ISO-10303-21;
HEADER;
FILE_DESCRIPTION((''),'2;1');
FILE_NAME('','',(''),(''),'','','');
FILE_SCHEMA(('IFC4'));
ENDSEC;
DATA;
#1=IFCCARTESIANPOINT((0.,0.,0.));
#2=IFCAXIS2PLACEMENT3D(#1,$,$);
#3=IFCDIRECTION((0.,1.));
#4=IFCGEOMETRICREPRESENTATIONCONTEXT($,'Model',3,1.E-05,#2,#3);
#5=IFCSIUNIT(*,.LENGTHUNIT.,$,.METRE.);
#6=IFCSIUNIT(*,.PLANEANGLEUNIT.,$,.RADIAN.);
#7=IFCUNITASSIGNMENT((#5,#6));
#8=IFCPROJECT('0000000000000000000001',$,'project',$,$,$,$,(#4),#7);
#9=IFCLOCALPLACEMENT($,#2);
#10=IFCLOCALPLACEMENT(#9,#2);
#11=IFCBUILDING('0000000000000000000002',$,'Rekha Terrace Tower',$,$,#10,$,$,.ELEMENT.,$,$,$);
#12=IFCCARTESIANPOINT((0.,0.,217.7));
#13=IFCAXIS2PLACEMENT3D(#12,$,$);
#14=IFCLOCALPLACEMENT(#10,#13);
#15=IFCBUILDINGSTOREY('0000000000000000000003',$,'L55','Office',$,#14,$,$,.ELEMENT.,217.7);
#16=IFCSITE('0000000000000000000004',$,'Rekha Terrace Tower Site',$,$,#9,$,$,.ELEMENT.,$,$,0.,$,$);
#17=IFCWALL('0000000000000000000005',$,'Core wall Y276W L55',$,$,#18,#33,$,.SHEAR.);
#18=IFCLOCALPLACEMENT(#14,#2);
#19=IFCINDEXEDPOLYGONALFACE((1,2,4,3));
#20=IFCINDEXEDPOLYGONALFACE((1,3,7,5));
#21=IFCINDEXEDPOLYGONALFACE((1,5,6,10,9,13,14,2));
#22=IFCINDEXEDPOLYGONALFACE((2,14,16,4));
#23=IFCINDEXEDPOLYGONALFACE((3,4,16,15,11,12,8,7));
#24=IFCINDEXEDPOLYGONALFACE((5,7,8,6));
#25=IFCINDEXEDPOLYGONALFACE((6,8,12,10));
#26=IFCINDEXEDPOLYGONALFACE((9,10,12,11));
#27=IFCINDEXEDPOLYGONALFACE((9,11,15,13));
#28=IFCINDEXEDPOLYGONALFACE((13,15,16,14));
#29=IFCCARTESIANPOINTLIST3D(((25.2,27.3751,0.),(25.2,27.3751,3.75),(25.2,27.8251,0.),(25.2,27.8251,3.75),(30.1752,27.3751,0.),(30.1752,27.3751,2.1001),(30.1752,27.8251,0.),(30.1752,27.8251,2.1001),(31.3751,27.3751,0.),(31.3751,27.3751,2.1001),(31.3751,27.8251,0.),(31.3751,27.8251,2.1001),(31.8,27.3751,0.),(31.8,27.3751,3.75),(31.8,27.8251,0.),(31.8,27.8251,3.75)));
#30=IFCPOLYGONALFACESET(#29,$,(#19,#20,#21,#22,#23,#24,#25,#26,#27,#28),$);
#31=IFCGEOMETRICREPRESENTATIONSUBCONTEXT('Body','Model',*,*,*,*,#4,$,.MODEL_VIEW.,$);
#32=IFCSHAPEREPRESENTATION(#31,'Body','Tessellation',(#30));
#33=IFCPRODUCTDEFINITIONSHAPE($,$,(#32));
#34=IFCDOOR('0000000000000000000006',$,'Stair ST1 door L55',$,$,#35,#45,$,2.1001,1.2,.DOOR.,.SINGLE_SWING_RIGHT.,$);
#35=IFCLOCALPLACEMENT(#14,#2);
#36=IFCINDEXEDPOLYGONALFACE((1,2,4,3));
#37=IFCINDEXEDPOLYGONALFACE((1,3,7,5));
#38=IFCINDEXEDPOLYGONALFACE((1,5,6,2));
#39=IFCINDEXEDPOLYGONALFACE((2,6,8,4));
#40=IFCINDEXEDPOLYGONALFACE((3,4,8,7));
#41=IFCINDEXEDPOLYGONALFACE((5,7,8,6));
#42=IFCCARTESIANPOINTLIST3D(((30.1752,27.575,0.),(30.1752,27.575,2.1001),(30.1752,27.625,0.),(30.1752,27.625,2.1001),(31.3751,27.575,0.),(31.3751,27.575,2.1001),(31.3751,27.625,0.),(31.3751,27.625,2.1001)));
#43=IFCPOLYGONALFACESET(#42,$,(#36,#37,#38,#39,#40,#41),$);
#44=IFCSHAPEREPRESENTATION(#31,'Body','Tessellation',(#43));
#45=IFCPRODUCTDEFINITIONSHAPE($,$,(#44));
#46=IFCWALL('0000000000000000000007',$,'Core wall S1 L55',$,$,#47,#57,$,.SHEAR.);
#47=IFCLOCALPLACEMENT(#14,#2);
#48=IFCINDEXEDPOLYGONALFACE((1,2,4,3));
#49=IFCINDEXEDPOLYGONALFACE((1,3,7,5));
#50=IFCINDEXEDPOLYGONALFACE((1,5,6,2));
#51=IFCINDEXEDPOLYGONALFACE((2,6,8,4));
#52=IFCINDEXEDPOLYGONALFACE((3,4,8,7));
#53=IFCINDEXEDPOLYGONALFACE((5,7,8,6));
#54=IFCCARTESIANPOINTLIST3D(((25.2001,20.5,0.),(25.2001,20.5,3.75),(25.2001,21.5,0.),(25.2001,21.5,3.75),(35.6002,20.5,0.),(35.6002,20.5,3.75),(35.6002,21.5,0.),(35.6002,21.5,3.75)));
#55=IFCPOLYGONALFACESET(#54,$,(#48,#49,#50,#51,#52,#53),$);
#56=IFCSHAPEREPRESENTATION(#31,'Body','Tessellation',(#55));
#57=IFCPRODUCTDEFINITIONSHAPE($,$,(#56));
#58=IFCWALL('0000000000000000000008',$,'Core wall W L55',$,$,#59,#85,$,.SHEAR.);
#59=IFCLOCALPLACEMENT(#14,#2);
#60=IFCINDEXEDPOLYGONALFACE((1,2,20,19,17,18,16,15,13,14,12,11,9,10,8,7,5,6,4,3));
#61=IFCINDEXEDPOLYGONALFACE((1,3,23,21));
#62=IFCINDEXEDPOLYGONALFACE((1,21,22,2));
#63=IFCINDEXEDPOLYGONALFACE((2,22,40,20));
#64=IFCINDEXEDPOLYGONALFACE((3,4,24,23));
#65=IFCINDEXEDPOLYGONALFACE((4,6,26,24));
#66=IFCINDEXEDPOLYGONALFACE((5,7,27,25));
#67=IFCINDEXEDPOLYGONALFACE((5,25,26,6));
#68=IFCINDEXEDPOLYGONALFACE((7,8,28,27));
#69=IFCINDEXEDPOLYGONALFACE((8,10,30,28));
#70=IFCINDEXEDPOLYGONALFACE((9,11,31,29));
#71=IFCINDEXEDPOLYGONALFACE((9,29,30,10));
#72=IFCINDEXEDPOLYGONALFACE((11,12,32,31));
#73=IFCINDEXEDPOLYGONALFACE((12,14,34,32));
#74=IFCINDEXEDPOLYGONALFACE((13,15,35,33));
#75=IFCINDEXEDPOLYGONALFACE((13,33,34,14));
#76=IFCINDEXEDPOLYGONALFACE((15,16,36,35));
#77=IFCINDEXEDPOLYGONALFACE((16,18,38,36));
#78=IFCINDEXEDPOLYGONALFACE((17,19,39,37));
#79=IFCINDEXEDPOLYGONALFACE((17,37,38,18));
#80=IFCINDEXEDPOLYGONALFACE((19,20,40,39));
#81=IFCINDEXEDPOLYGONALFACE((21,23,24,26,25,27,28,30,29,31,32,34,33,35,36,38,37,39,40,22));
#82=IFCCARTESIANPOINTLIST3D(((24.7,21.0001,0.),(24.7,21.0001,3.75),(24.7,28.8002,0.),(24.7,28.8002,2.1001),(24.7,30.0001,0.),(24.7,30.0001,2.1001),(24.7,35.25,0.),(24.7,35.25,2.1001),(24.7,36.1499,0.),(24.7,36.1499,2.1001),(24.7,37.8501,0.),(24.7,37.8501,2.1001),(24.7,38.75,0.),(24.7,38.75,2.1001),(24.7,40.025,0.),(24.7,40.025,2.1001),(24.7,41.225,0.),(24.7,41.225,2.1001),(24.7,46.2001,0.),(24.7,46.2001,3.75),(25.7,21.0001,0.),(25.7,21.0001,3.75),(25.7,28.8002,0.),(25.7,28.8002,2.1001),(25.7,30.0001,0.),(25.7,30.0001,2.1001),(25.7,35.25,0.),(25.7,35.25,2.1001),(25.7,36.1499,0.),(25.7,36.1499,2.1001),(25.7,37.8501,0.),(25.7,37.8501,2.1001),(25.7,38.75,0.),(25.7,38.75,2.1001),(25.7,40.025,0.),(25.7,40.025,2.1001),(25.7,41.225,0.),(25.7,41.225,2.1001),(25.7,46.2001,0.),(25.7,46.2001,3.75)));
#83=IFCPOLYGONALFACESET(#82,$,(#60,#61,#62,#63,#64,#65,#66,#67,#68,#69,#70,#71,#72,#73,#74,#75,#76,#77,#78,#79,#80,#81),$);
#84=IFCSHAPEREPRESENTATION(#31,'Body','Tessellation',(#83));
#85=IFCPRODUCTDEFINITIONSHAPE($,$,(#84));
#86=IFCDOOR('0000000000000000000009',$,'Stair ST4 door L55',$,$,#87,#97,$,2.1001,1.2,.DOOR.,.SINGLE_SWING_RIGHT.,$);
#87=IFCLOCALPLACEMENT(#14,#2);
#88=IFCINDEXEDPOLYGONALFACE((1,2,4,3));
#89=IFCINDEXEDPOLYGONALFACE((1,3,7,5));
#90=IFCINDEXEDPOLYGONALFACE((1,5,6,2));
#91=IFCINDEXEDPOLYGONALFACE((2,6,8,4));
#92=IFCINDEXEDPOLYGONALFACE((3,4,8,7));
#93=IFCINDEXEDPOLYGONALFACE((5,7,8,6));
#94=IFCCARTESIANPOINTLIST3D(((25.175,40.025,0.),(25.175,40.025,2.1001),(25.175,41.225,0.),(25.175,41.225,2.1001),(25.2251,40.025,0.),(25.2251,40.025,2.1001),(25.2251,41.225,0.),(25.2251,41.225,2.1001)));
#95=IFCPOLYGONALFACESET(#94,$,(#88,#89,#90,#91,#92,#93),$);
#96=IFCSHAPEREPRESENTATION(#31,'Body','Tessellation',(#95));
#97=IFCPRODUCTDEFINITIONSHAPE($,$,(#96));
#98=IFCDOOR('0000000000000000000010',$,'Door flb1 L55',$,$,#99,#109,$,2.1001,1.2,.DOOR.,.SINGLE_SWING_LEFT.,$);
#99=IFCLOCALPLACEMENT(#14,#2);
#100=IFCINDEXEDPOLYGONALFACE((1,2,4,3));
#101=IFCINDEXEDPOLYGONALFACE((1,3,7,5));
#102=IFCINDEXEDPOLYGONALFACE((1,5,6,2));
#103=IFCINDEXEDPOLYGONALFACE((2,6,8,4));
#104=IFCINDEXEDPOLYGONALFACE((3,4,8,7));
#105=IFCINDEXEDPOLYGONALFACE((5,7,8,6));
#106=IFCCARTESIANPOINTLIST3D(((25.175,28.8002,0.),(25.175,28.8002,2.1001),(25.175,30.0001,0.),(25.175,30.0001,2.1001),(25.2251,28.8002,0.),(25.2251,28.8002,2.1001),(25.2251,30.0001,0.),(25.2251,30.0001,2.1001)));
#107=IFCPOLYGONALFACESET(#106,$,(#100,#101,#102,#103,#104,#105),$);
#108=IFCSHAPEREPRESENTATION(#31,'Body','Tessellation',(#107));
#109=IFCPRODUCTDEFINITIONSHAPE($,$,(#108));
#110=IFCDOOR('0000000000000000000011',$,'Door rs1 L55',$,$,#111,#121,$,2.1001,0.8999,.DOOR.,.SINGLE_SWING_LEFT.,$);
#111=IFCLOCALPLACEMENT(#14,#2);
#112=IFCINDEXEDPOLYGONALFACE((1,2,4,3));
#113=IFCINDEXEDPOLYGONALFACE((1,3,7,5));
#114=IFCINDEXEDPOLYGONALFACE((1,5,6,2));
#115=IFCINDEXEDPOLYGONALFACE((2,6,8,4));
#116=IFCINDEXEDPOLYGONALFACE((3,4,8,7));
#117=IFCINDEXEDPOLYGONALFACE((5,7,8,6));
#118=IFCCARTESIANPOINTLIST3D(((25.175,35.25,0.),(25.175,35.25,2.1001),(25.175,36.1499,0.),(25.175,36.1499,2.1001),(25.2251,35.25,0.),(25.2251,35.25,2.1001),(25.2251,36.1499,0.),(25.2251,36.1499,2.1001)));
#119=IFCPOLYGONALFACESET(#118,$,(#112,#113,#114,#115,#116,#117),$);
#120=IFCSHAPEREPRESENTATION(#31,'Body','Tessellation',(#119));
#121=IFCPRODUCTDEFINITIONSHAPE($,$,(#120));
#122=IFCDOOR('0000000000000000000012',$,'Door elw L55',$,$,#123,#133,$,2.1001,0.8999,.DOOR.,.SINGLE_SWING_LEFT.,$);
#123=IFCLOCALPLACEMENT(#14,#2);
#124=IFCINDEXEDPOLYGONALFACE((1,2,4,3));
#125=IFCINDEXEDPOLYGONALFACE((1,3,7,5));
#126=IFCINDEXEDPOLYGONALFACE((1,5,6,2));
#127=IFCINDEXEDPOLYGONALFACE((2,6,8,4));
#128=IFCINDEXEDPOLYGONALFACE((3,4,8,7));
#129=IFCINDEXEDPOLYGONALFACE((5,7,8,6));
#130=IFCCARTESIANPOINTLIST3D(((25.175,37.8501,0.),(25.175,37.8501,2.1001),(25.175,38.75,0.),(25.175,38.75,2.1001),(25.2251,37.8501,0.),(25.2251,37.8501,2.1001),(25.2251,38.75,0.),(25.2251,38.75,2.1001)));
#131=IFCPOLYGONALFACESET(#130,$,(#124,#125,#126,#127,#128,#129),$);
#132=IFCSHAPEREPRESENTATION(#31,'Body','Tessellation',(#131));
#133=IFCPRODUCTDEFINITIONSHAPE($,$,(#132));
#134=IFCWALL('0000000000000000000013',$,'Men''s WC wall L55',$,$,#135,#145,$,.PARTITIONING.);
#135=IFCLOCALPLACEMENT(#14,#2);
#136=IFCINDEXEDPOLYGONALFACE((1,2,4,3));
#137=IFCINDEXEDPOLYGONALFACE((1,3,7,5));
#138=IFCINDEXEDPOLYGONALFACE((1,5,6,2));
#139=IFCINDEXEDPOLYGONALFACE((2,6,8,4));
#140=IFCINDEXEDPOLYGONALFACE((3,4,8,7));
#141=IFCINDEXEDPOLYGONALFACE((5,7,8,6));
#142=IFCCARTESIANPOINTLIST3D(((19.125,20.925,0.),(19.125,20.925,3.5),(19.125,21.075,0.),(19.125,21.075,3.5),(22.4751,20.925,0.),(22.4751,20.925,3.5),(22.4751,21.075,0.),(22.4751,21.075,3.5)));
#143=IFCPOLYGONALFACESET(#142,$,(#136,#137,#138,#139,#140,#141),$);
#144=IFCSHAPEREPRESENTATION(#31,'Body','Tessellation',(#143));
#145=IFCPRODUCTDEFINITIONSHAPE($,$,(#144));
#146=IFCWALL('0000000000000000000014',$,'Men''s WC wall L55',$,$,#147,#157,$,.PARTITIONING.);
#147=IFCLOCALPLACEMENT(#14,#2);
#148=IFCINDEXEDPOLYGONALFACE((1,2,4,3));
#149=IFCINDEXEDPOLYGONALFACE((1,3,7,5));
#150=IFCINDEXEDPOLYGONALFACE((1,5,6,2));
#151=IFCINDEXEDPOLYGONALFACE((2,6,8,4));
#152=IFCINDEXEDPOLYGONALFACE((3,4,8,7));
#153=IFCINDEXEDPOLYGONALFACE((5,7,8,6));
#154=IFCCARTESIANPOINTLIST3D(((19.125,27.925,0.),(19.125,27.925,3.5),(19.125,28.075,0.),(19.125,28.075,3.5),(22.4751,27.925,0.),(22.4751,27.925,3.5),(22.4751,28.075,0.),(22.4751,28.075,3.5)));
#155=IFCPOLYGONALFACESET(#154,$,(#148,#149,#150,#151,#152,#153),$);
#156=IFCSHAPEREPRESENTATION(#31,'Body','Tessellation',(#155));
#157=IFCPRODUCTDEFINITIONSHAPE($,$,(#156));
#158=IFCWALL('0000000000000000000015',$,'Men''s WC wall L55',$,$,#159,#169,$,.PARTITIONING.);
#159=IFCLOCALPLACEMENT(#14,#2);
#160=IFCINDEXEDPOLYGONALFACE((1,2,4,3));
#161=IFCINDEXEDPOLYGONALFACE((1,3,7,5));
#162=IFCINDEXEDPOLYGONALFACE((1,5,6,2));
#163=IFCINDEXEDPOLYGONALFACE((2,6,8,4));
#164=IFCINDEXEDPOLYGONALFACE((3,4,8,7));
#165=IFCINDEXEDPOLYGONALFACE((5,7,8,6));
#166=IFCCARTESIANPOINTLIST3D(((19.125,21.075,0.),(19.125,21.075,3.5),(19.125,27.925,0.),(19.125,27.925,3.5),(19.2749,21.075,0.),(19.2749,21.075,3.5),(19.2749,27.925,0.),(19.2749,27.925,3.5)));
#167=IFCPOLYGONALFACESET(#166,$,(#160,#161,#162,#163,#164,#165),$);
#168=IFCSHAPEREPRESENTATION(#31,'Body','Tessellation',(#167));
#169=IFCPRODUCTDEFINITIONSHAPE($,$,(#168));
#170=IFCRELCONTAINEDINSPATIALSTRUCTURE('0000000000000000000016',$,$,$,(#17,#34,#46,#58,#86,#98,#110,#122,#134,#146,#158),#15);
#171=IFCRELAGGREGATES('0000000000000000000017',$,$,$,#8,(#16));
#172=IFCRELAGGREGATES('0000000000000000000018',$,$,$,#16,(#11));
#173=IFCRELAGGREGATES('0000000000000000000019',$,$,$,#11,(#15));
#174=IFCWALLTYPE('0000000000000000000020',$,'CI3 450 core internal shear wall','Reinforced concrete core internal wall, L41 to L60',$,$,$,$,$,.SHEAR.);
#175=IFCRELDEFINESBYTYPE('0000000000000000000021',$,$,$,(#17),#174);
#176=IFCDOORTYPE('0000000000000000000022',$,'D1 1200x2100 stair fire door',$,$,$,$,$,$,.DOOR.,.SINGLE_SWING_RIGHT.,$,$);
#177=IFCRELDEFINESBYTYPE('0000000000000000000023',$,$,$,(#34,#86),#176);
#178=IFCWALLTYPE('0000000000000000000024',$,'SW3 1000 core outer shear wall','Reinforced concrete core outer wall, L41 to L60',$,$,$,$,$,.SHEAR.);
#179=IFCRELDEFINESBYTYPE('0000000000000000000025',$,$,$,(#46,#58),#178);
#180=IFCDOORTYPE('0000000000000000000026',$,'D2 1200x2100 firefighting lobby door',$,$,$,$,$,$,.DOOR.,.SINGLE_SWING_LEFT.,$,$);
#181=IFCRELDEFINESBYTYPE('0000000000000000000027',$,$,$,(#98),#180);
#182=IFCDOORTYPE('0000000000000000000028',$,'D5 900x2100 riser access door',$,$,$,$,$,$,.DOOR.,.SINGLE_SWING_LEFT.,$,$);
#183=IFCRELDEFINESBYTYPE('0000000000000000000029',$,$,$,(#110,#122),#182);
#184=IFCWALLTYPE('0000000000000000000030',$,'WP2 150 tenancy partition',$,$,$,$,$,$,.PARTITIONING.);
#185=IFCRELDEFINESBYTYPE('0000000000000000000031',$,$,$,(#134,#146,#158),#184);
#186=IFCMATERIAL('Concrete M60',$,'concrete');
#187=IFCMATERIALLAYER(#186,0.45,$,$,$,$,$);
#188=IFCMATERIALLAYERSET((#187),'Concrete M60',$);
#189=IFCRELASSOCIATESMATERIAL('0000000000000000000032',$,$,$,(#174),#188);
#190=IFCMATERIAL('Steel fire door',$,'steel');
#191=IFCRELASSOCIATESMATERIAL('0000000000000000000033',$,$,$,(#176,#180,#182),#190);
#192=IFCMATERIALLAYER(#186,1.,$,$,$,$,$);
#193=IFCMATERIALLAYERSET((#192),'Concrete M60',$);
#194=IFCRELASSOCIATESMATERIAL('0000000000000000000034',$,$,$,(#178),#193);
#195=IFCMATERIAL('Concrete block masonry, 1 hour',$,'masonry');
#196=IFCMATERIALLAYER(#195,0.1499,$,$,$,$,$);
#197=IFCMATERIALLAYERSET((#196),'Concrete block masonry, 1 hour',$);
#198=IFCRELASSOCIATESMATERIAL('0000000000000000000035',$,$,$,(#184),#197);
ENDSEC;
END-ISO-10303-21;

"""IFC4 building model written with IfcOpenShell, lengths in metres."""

from ifc_helpers import new_model, si_unit, direction, frame, frame_2d, origin, place, context, subcontext, project, spatial, rectangle, extrude, material, layer, layer_set, type_object, element, fill, save


model = new_model("IFC4")

# Units and contexts
model_context = context("Model", 3, precision=1e-05, world=origin(), true_north=direction((0.0, 1.0)))
body_context = subcontext(model_context, "Body", "Model", "MODEL_VIEW")
ifc_project = project(units=[si_unit("LENGTHUNIT", "METRE"), si_unit("PLANEANGLEUNIT", "RADIAN")], contexts=[model_context])

# Site, building, storey
site_placement = place(None, origin())
site = spatial("IfcSite", under=ifc_project, at=site_placement, Name="Rekha Terrace Tower Site", CompositionType="ELEMENT", RefElevation=0.0)
building_placement = place(site_placement, origin())
building = spatial("IfcBuilding", under=site, at=building_placement, Name="Rekha Terrace Tower", CompositionType="ELEMENT")
storey_placement = place(building_placement, frame((0.0, 0.0, 217.7)))
storey = spatial("IfcBuildingStorey", under=building, at=storey_placement, Name="L55", Description="Office", CompositionType="ELEMENT", Elevation=217.7)

# Wall, opening, door
ifc_material_1 = material(Name="Concrete M60", Category="concrete")
ifc_layer_1 = layer(ifc_material_1, 0.45)
ifc_layer_set_1 = layer_set([ifc_layer_1], Name="Concrete M60")
wall_type_1 = type_object("IfcWallType", Name="CI3 450 core internal shear wall", Description="Reinforced concrete core internal wall, L41 to L60", PredefinedType="SHEAR", material=ifc_layer_set_1)
wall_1_placement = place(storey_placement, frame((25.2, 27.6001, 0.0), z_axis=(0.0, 0.0, 1.0), x_axis=(1.0, 0.0, 0.0)))
wall_1 = element("IfcWall", 1, at=wall_1_placement, inside=storey, type_object=wall_type_1, Name="Core wall Y276W L55", PredefinedType="SHEAR", context=body_context, shape_type="SweptSolid", body=[
    extrude(rectangle(XDim=6.6001, YDim=0.45, at=frame_2d((3.3, 0.0))), origin(), (0.0, 0.0, 1.0), 3.75),
])
opening_1_placement = place(wall_1_placement, frame((4.9751, 0.0, 0.0)))
opening_1 = element("IfcOpeningElement", 2, at=opening_1_placement, cuts=wall_1, PredefinedType="OPENING", context=body_context, shape_type="SweptSolid", body=[
    extrude(rectangle(XDim=1.2, YDim=2.1001, at=frame_2d((0.6001, 1.05))), frame((0.0, 0.2349, 0.0), z_axis=(0.0, -1.0, 0.0), x_axis=(1.0, 0.0, 0.0)), (0.0, 0.0, 1.0), 0.47),
])
ifc_material_2 = material(Name="Steel fire door", Category="steel")
door_type_1 = type_object("IfcDoorType", Name="D1 1200x2100 stair fire door", OperationType="SINGLE_SWING_RIGHT", PredefinedType="DOOR", material=ifc_material_2)
door_1_placement = place(opening_1_placement, origin())
door_1 = element("IfcDoor", 3, at=door_1_placement, inside=storey, type_object=door_type_1, Name="Stair ST1 door L55", OperationType="SINGLE_SWING_RIGHT", OverallHeight=2.1001, OverallWidth=1.2, PredefinedType="DOOR", context=body_context, shape_type="SweptSolid", body=[
    extrude(rectangle(XDim=1.2, YDim=2.1001, at=frame_2d((0.6001, 1.05))), frame((0.0, 0.0249, 0.0), z_axis=(0.0, -1.0, 0.0), x_axis=(1.0, 0.0, 0.0)), (0.0, 0.0, 1.0), 0.05),
])
fill(opening_1, door_1)

# Wall
ifc_layer_2 = layer(ifc_material_1, 1.0)
ifc_layer_set_2 = layer_set([ifc_layer_2], Name="Concrete M60")
wall_type_2 = type_object("IfcWallType", Name="SW3 1000 core outer shear wall", Description="Reinforced concrete core outer wall, L41 to L60", PredefinedType="SHEAR", material=ifc_layer_set_2)
wall_2_placement = place(storey_placement, frame((25.2, 21.0, 0.0), z_axis=(0.0, 0.0, 1.0), x_axis=(1.0, 0.0, 0.0)))
element("IfcWall", 4, at=wall_2_placement, inside=storey, type_object=wall_type_2, Name="Core wall S1 L55", PredefinedType="SHEAR", context=body_context, shape_type="SweptSolid", body=[
    extrude(rectangle(XDim=10.4001, YDim=1.0, at=frame_2d((5.2002, 0.0))), origin(), (0.0, 0.0, 1.0), 3.75),
])

# Wall, openings, doors
wall_3_placement = place(storey_placement, frame((25.2, 21.0, 0.0), z_axis=(0.0, 0.0, 1.0), x_axis=(0.0, 1.0, 0.0)))
wall_3 = element("IfcWall", 5, at=wall_3_placement, inside=storey, type_object=wall_type_2, Name="Core wall W L55", PredefinedType="SHEAR", context=body_context, shape_type="SweptSolid", body=[
    extrude(rectangle(XDim=25.2, YDim=1.0, at=frame_2d((12.6001, 0.0))), origin(), (0.0, 0.0, 1.0), 3.75),
])
opening_2_placement = place(wall_3_placement, frame((7.8, 0.0, 0.0)))
opening_2 = element("IfcOpeningElement", 6, at=opening_2_placement, cuts=wall_3, PredefinedType="OPENING", context=body_context, shape_type="SweptSolid", body=[
    extrude(rectangle(XDim=1.2, YDim=2.1001, at=frame_2d((0.6001, 1.05))), frame((0.0, 0.51, 0.0), z_axis=(0.0, -1.0, 0.0), x_axis=(1.0, 0.0, 0.0)), (0.0, 0.0, 1.0), 1.02),
])
opening_3_placement = place(wall_3_placement, frame((14.25, 0.0, 0.0)))
opening_3 = element("IfcOpeningElement", 7, at=opening_3_placement, cuts=wall_3, PredefinedType="OPENING", context=body_context, shape_type="SweptSolid", body=[
    extrude(rectangle(XDim=0.8999, YDim=2.1001, at=frame_2d((0.45, 1.05))), frame((0.0, 0.51, 0.0), z_axis=(0.0, -1.0, 0.0), x_axis=(1.0, 0.0, 0.0)), (0.0, 0.0, 1.0), 1.02),
])
opening_4_placement = place(wall_3_placement, frame((16.8501, 0.0, 0.0)))
opening_4 = element("IfcOpeningElement", 8, at=opening_4_placement, cuts=wall_3, PredefinedType="OPENING", context=body_context, shape_type="SweptSolid", body=[
    extrude(rectangle(XDim=0.8999, YDim=2.1001, at=frame_2d((0.45, 1.05))), frame((0.0, 0.51, 0.0), z_axis=(0.0, -1.0, 0.0), x_axis=(1.0, 0.0, 0.0)), (0.0, 0.0, 1.0), 1.02),
])
opening_5_placement = place(wall_3_placement, frame((19.0249, 0.0, 0.0)))
opening_5 = element("IfcOpeningElement", 9, at=opening_5_placement, cuts=wall_3, PredefinedType="OPENING", context=body_context, shape_type="SweptSolid", body=[
    extrude(rectangle(XDim=1.2, YDim=2.1001, at=frame_2d((0.6001, 1.05))), frame((0.0, 0.51, 0.0), z_axis=(0.0, -1.0, 0.0), x_axis=(1.0, 0.0, 0.0)), (0.0, 0.0, 1.0), 1.02),
])
door_2_placement = place(opening_5_placement, origin())
door_2 = element("IfcDoor", 10, at=door_2_placement, inside=storey, type_object=door_type_1, Name="Stair ST4 door L55", OperationType="SINGLE_SWING_RIGHT", OverallHeight=2.1001, OverallWidth=1.2, PredefinedType="DOOR", context=body_context, shape_type="SweptSolid", body=[
    extrude(rectangle(XDim=1.2, YDim=2.1001, at=frame_2d((0.6001, 1.05))), frame((0.0, 0.0249, 0.0), z_axis=(0.0, -1.0, 0.0), x_axis=(1.0, 0.0, 0.0)), (0.0, 0.0, 1.0), 0.05),
])
fill(opening_5, door_2)
door_type_2 = type_object("IfcDoorType", Name="D2 1200x2100 firefighting lobby door", OperationType="SINGLE_SWING_LEFT", PredefinedType="DOOR", material=ifc_material_2)
door_3_placement = place(opening_2_placement, origin())
door_3 = element("IfcDoor", 11, at=door_3_placement, inside=storey, type_object=door_type_2, Name="Door flb1 L55", OperationType="SINGLE_SWING_LEFT", OverallHeight=2.1001, OverallWidth=1.2, PredefinedType="DOOR", context=body_context, shape_type="SweptSolid", body=[
    extrude(rectangle(XDim=1.2, YDim=2.1001, at=frame_2d((0.6001, 1.05))), frame((0.0, 0.0249, 0.0), z_axis=(0.0, -1.0, 0.0), x_axis=(1.0, 0.0, 0.0)), (0.0, 0.0, 1.0), 0.05),
])
fill(opening_2, door_3)
door_type_3 = type_object("IfcDoorType", Name="D5 900x2100 riser access door", OperationType="SINGLE_SWING_LEFT", PredefinedType="DOOR", material=ifc_material_2)
door_4_placement = place(opening_3_placement, origin())
door_4 = element("IfcDoor", 12, at=door_4_placement, inside=storey, type_object=door_type_3, Name="Door rs1 L55", OperationType="SINGLE_SWING_LEFT", OverallHeight=2.1001, OverallWidth=0.8999, PredefinedType="DOOR", context=body_context, shape_type="SweptSolid", body=[
    extrude(rectangle(XDim=0.8999, YDim=2.1001, at=frame_2d((0.45, 1.05))), frame((0.0, 0.0249, 0.0), z_axis=(0.0, -1.0, 0.0), x_axis=(1.0, 0.0, 0.0)), (0.0, 0.0, 1.0), 0.05),
])
fill(opening_3, door_4)
door_5_placement = place(opening_4_placement, origin())
door_5 = element("IfcDoor", 13, at=door_5_placement, inside=storey, type_object=door_type_3, Name="Door elw L55", OperationType="SINGLE_SWING_LEFT", OverallHeight=2.1001, OverallWidth=0.8999, PredefinedType="DOOR", context=body_context, shape_type="SweptSolid", body=[
    extrude(rectangle(XDim=0.8999, YDim=2.1001, at=frame_2d((0.45, 1.05))), frame((0.0, 0.0249, 0.0), z_axis=(0.0, -1.0, 0.0), x_axis=(1.0, 0.0, 0.0)), (0.0, 0.0, 1.0), 0.05),
])
fill(opening_4, door_5)

# Walls
ifc_material_3 = material(Name="Concrete block masonry, 1 hour", Category="masonry")
ifc_layer_3 = layer(ifc_material_3, 0.1499)
ifc_layer_set_3 = layer_set([ifc_layer_3], Name="Concrete block masonry, 1 hour")
wall_type_3 = type_object("IfcWallType", Name="WP2 150 tenancy partition", PredefinedType="PARTITIONING", material=ifc_layer_set_3)
for number, where, z_axis, x_axis, name in (
    (14, (19.125, 21.0, 0.0), (0.0, 0.0, 1.0), (1.0, 0.0, 0.0), "Men's WC wall L55"),
    (15, (19.125, 28.0, 0.0), (0.0, 0.0, 1.0), (1.0, 0.0, 0.0), "Men's WC wall L55"),
):
    element("IfcWall", number, at=place(storey_placement, frame(where, z_axis=z_axis, x_axis=x_axis)), inside=storey, type_object=wall_type_3, Name=name, PredefinedType="PARTITIONING", context=body_context, shape_type="SweptSolid", body=[
        extrude(rectangle(XDim=3.3501, YDim=0.1499, at=frame_2d((1.675, 0.0))), origin(), (0.0, 0.0, 1.0), 3.5),
    ])
wall_4_placement = place(storey_placement, frame((19.2, 21.075, 0.0), z_axis=(0.0, 0.0, 1.0), x_axis=(0.0, 1.0, 0.0)))
element("IfcWall", 16, at=wall_4_placement, inside=storey, type_object=wall_type_3, Name="Men's WC wall L55", PredefinedType="PARTITIONING", context=body_context, shape_type="SweptSolid", body=[
    extrude(rectangle(XDim=6.8501, YDim=0.1499, at=frame_2d((3.425, 0.0))), origin(), (0.0, 0.0, 1.0), 3.5),
])

save(model, "model.ifc")
